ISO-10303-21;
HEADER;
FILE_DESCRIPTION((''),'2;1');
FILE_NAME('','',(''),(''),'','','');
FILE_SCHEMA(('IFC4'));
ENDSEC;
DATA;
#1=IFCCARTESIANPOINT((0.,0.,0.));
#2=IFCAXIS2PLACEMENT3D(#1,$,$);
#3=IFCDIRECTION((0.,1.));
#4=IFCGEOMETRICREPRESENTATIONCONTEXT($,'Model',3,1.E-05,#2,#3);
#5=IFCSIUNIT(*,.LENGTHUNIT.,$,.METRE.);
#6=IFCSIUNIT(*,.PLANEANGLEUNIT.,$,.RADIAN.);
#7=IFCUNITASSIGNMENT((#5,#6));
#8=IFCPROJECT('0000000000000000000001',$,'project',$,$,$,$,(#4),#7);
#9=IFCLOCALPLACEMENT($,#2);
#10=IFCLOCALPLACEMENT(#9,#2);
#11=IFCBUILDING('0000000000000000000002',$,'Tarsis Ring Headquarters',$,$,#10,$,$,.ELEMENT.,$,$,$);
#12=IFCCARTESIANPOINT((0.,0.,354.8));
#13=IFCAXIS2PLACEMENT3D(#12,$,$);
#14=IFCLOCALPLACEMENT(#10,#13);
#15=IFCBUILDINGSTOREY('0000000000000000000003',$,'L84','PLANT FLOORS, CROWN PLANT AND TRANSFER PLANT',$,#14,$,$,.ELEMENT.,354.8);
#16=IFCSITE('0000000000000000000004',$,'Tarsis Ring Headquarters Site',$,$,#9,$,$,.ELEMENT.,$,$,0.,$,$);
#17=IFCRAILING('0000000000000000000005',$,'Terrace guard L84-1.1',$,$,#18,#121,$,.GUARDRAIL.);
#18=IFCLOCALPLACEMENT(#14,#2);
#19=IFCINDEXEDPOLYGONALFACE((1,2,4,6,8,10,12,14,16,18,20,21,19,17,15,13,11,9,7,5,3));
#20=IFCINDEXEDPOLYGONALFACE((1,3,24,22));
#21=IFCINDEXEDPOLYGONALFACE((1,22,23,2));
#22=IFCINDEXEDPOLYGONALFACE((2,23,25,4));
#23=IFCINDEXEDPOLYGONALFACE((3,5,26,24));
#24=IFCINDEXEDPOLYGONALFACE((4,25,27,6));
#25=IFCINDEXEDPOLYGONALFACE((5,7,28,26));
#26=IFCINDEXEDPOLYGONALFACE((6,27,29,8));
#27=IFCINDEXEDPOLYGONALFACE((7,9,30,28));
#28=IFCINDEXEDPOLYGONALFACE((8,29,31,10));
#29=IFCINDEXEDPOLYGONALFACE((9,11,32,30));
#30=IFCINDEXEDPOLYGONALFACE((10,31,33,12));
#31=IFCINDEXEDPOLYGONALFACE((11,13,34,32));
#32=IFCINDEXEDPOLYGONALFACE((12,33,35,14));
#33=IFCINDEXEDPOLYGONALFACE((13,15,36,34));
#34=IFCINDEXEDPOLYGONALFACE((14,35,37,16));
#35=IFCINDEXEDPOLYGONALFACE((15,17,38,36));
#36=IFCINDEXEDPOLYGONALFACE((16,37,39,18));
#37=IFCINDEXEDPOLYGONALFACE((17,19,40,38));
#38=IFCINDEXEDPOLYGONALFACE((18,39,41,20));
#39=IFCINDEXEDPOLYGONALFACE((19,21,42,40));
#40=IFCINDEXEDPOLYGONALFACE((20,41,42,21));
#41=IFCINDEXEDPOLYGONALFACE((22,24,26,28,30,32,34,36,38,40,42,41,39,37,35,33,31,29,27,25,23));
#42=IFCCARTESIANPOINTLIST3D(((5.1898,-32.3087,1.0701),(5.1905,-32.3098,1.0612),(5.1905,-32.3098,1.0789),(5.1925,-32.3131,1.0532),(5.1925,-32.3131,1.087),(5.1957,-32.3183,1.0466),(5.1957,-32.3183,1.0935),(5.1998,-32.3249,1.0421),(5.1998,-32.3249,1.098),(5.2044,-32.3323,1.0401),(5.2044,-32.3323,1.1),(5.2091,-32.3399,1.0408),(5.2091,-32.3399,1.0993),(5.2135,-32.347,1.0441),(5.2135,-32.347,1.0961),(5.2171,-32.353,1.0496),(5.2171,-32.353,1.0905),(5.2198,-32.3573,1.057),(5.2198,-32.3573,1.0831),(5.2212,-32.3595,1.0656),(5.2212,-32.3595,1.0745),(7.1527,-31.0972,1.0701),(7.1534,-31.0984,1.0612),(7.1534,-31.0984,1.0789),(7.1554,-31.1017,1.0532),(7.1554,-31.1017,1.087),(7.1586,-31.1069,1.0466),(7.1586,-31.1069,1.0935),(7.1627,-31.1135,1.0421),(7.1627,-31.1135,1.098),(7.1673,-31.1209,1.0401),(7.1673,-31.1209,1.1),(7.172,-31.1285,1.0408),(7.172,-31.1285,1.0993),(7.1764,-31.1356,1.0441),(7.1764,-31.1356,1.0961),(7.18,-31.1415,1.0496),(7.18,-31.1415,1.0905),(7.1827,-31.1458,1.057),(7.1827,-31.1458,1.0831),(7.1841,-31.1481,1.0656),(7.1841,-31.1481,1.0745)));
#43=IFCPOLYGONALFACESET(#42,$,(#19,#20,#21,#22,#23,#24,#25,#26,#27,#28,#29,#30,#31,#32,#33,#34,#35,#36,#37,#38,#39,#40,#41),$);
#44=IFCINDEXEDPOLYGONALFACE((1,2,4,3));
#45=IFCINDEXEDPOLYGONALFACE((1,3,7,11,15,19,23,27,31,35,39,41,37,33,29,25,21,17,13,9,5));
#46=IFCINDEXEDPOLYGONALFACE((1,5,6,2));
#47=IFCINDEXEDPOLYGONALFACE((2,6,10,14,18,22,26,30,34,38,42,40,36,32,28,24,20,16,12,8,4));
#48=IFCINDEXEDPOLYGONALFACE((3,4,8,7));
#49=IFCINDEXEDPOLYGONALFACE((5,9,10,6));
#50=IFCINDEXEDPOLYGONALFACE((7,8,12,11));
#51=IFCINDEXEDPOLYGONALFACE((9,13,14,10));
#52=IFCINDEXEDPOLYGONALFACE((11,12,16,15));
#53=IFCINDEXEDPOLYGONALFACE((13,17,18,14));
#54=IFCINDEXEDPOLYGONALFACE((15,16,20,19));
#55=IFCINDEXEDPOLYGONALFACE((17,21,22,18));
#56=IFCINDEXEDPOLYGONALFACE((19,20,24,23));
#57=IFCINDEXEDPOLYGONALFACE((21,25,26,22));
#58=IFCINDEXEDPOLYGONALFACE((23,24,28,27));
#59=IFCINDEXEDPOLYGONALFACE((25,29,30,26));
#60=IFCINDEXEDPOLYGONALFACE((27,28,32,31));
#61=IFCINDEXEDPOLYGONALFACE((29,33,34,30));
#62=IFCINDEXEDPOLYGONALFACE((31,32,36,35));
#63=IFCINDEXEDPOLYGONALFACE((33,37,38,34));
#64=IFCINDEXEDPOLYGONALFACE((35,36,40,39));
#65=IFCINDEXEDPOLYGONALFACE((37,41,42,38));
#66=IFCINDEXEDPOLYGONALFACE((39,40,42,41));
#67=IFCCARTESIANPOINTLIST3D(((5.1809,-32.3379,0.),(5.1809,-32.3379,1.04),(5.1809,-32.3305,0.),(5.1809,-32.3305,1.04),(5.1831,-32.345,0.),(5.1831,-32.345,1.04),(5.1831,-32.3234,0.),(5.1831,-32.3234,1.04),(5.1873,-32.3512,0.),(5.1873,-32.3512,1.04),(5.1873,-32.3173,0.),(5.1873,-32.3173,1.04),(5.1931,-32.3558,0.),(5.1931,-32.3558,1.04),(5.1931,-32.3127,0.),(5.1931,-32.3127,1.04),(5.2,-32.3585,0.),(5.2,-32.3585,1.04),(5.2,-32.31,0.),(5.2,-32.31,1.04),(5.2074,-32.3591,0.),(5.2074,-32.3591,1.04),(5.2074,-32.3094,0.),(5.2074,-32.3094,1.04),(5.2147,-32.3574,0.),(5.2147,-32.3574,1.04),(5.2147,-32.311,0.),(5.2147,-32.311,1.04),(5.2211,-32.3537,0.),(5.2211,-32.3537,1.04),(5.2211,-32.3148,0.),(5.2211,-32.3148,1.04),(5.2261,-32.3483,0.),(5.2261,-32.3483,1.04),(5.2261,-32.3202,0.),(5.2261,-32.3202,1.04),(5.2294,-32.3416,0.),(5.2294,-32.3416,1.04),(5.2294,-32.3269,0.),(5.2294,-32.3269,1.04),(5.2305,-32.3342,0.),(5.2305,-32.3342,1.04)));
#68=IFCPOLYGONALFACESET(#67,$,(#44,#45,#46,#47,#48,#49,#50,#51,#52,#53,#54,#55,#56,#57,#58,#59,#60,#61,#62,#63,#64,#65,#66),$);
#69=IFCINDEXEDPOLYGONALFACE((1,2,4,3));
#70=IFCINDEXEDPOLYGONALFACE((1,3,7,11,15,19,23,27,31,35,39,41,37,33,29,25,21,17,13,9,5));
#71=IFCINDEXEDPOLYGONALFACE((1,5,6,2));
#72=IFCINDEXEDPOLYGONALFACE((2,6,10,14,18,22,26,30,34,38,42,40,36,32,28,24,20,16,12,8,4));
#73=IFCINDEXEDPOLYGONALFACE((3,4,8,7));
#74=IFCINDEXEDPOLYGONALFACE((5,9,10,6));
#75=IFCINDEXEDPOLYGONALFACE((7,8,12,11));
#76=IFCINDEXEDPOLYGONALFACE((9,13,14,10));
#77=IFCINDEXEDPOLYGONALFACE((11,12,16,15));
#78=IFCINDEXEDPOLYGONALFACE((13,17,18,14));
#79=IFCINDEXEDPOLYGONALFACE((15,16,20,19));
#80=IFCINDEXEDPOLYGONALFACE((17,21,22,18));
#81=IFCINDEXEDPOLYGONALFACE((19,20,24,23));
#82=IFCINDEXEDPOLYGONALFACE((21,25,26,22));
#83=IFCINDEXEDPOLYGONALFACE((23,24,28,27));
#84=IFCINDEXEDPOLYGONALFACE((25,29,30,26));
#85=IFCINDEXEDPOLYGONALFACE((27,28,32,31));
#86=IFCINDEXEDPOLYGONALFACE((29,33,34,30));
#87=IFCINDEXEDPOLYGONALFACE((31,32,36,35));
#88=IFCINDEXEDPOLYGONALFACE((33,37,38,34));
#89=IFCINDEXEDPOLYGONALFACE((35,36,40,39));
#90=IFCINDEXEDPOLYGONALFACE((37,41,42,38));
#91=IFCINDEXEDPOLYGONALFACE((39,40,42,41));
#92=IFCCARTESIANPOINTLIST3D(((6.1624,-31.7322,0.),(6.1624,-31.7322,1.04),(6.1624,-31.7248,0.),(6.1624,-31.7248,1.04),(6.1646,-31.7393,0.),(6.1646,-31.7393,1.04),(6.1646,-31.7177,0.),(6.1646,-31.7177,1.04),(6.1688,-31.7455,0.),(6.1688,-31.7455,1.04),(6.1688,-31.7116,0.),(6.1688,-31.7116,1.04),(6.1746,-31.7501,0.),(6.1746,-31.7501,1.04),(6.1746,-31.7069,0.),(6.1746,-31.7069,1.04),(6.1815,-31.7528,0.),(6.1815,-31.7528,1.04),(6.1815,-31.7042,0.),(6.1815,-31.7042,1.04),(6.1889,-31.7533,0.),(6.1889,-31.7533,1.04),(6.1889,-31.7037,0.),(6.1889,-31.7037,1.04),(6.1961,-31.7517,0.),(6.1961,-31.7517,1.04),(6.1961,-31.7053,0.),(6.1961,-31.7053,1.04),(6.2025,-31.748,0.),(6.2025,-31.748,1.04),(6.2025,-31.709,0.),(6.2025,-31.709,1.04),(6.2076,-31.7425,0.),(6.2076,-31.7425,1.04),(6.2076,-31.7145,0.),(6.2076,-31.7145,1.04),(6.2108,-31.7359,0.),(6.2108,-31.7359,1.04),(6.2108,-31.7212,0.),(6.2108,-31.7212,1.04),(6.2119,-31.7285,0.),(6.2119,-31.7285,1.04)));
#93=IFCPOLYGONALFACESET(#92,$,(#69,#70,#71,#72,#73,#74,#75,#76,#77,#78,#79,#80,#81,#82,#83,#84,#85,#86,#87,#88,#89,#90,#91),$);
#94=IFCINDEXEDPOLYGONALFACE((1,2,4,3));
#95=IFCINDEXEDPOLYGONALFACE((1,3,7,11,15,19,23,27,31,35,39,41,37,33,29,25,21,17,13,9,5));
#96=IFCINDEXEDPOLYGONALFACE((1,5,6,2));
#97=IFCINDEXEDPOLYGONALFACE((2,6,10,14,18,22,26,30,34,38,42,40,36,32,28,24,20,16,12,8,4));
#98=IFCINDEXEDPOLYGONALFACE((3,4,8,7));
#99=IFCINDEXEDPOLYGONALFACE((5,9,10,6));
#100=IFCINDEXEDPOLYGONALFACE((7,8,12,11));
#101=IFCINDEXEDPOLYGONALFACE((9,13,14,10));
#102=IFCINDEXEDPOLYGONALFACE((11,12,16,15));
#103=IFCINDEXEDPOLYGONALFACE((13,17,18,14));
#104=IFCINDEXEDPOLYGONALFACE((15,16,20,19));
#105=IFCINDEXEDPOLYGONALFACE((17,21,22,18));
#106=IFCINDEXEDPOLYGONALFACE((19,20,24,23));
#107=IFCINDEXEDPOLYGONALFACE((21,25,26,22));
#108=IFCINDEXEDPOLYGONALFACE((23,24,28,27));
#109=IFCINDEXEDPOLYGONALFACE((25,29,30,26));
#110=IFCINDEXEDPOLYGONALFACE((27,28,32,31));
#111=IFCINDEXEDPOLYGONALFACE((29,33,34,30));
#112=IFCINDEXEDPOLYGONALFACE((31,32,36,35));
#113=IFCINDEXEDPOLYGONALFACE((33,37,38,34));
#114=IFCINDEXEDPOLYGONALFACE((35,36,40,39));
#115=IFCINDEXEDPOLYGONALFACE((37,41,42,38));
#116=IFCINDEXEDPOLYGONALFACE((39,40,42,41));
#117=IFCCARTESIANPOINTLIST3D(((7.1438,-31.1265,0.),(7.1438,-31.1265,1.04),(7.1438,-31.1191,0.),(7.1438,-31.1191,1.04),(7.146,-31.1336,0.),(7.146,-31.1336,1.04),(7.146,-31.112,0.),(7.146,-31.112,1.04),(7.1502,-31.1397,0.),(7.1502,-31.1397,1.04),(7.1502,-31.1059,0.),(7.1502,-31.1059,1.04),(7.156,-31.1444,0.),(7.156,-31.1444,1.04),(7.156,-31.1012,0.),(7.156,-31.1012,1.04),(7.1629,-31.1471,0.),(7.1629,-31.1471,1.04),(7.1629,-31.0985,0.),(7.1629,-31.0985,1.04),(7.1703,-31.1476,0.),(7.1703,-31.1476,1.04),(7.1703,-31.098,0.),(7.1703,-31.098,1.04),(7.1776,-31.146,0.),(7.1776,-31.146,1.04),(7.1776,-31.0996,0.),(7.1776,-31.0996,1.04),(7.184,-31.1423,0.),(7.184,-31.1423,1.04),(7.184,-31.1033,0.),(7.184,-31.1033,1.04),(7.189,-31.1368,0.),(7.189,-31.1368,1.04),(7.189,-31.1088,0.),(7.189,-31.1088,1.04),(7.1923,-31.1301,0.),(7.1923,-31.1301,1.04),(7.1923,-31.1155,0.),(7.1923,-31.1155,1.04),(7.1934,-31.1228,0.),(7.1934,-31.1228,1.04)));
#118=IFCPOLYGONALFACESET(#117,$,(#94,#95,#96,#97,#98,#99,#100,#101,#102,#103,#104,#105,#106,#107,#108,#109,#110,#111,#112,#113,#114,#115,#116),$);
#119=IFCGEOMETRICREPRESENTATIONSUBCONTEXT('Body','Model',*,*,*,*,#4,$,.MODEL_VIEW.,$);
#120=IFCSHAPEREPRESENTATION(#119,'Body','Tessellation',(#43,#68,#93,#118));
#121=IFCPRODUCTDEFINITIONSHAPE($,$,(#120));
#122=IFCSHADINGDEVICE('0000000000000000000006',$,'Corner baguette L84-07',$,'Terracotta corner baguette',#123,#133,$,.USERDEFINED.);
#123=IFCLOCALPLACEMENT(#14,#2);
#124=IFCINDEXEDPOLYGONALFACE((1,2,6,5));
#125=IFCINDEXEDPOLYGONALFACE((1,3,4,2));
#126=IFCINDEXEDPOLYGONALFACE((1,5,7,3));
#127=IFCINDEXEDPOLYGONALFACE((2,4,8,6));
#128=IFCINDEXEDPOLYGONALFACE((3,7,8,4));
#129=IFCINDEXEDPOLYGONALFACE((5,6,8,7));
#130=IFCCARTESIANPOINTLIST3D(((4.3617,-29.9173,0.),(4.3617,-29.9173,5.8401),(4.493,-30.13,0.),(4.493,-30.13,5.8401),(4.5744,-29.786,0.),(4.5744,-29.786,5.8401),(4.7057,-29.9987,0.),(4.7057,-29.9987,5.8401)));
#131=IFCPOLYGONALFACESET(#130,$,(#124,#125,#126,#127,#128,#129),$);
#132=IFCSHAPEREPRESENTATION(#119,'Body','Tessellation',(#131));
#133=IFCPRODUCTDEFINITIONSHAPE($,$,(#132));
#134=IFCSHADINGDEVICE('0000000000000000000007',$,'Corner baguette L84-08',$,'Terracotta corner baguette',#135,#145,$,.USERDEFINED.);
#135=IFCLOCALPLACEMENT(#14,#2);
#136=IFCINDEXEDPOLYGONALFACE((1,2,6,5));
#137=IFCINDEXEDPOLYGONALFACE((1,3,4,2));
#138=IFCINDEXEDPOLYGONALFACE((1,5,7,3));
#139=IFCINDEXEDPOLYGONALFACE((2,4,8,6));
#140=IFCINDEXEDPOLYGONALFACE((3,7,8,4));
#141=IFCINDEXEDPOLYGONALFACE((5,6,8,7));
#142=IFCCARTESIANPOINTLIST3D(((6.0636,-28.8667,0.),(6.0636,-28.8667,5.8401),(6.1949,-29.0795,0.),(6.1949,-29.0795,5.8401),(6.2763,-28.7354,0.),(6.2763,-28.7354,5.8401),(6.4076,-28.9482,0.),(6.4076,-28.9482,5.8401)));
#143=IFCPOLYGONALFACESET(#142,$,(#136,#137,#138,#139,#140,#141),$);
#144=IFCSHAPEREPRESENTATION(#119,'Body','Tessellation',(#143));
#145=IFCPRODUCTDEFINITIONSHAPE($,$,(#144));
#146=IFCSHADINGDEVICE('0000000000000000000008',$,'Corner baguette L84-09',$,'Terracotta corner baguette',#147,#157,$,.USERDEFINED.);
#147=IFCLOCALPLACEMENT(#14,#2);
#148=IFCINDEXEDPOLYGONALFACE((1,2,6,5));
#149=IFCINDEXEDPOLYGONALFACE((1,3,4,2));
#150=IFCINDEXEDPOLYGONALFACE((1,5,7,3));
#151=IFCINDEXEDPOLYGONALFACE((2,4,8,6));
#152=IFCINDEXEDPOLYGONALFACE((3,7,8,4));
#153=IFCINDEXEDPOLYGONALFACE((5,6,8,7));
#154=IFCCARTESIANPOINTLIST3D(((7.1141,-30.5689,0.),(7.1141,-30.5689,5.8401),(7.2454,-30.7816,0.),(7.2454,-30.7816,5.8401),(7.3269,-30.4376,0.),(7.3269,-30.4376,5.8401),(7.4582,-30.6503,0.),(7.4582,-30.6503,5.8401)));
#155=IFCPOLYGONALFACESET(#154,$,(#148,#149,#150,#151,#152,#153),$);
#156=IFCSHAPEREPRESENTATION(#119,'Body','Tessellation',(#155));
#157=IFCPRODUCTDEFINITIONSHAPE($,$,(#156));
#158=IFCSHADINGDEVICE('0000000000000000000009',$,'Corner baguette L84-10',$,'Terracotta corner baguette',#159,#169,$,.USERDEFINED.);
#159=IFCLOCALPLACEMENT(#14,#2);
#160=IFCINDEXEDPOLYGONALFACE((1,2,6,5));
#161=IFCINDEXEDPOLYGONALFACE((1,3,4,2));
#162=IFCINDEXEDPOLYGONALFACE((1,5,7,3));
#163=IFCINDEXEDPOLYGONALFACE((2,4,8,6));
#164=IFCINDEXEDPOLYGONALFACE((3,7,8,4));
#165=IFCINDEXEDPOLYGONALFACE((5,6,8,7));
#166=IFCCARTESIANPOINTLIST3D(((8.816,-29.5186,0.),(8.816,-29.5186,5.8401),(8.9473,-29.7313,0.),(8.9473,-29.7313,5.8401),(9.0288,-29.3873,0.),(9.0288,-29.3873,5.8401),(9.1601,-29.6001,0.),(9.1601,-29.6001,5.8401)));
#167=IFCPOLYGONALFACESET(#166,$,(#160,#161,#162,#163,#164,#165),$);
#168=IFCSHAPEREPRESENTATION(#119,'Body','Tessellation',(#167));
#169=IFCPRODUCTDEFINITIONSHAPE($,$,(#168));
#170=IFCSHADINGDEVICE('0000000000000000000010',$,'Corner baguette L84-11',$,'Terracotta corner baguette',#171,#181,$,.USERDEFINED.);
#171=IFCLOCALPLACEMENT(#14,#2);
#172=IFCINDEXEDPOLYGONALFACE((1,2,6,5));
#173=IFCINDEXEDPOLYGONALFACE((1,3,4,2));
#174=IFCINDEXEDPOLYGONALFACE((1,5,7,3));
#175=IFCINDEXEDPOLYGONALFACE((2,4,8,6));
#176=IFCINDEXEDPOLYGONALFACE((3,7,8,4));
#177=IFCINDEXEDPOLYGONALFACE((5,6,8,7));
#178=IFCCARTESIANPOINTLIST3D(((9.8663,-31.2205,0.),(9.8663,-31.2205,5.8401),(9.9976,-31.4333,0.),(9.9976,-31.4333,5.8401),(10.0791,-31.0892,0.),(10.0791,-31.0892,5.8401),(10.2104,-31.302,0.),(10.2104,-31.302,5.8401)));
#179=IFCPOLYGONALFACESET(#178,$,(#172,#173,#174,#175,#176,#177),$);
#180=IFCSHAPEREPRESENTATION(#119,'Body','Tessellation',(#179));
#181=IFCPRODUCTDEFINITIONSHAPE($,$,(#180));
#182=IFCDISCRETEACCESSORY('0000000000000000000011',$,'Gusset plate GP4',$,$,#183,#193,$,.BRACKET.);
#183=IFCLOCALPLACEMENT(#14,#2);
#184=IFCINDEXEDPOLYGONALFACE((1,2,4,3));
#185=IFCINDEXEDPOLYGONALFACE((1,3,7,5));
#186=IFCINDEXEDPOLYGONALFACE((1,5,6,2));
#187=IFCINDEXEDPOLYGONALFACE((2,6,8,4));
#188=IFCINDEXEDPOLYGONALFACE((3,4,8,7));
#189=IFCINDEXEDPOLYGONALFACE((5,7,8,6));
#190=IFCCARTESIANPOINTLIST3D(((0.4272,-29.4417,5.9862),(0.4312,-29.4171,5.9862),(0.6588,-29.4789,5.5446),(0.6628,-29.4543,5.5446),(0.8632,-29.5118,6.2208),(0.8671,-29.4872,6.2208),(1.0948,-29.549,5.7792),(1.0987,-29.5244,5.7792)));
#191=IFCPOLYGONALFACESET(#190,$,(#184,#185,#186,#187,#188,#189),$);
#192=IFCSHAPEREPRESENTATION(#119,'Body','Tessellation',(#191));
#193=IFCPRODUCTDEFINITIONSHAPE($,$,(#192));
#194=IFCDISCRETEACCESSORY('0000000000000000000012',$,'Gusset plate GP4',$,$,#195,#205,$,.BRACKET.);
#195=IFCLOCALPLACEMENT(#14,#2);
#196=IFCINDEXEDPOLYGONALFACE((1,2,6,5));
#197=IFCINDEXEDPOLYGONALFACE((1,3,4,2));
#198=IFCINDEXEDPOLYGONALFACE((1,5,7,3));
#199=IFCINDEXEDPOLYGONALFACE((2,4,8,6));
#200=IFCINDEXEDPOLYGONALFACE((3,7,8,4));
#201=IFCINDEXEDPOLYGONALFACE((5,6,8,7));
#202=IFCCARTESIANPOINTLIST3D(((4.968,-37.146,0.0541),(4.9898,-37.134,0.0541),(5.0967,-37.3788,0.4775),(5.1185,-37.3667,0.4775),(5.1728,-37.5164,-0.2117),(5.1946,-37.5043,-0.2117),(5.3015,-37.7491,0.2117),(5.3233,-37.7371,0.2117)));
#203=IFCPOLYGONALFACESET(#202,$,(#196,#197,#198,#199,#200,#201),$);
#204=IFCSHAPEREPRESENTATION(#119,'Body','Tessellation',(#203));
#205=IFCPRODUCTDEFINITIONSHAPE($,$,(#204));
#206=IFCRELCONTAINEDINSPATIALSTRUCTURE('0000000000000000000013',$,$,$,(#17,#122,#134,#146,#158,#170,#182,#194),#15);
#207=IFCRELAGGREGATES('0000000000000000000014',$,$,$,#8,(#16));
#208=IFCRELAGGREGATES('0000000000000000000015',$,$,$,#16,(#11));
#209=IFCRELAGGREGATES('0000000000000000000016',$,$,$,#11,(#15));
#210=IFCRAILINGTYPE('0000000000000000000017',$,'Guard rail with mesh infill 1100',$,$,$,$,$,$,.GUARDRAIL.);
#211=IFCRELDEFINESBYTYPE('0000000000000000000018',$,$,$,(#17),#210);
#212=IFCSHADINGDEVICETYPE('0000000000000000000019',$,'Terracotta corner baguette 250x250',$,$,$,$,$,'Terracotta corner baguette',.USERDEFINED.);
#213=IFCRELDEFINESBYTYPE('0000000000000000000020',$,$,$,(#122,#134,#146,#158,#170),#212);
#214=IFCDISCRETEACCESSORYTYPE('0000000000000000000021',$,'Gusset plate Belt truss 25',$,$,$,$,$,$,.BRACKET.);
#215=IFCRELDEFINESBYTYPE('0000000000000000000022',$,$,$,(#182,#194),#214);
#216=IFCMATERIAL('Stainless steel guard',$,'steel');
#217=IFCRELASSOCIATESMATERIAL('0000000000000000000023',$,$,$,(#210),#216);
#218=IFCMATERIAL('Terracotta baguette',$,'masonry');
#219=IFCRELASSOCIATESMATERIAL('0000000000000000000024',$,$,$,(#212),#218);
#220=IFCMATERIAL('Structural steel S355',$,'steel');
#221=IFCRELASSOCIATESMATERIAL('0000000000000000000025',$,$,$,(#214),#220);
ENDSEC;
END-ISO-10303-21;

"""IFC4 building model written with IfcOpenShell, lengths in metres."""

from ifc_helpers import new_model, si_unit, direction, frame, origin, origin_2d, place, context, subcontext, project, spatial, rectangle, circle, extrude, material, material_profile, profile_set, type_object, element, save


model = new_model("IFC4")

# Units and contexts
model_context = context("Model", 3, precision=1e-05, world=origin(), true_north=direction((0.0, 1.0)))
body_context = subcontext(model_context, "Body", "Model", "MODEL_VIEW")
ifc_project = project(units=[si_unit("LENGTHUNIT", "METRE"), si_unit("PLANEANGLEUNIT", "RADIAN")], contexts=[model_context])

# Site, building, storey
site_placement = place(None, origin())
site = spatial("IfcSite", under=ifc_project, at=site_placement, Name="Tarsis Ring Headquarters Site", CompositionType="ELEMENT", RefElevation=0.0)
building_placement = place(site_placement, origin())
building = spatial("IfcBuilding", under=site, at=building_placement, Name="Tarsis Ring Headquarters", CompositionType="ELEMENT")
storey_placement = place(building_placement, frame((0.0, 0.0, 354.8)))
storey = spatial("IfcBuildingStorey", under=building, at=storey_placement, Name="L84", Description="PLANT FLOORS, CROWN PLANT AND TRANSFER PLANT", CompositionType="ELEMENT", Elevation=354.8)

# Shared definitions
ifc_material_1 = material(Name="Structural steel S355", Category="steel")

# Railing
ifc_material_2 = material(Name="Stainless steel guard", Category="steel")
railing_type = type_object("IfcRailingType", Name="Guard rail with mesh infill 1100", PredefinedType="GUARDRAIL", material=ifc_material_2)
railing_placement = place(storey_placement, frame((5.2056, -32.3342, 0.0)))
element("IfcRailing", 1, at=railing_placement, inside=storey, type_object=railing_type, Name="Terrace guard L84-1.1", PredefinedType="GUARDRAIL", context=body_context, shape_type="SweptSolid", body=[
    extrude(circle(Radius=0.03, at=origin_2d()), frame((0.0, 0.0, 1.0701), z_axis=(0.850982, 0.525195, 0.0), x_axis=(-0.525195, 0.850982, 0.0)), (0.0, 0.0, 1.0), 2.3066),
    extrude(circle(Radius=0.0249, at=origin_2d()), origin(), (0.0, 0.0, 1.0), 1.04),
    extrude(circle(Radius=0.0249, at=origin_2d()), frame((0.9814, 0.6057, 0.0)), (0.0, 0.0, 1.0), 1.04),
    extrude(circle(Radius=0.0249, at=origin_2d()), frame((1.9629, 1.2114, 0.0)), (0.0, 0.0, 1.0), 1.04),
])

# Shading devices
ifc_material_3 = material(Name="Terracotta baguette", Category="masonry")
shading_device_type_1 = type_object("IfcShadingDeviceType", Name="Terracotta corner baguette 250x250", ElementType="Terracotta corner baguette", PredefinedType="USERDEFINED", material=ifc_material_3)
for number, where, z_axis, x_axis, name in (
    (2, (4.5337, -29.958, 0.0), (0.0, 0.0, 1.0), (0.525175, -0.850994, 0.0), "Corner baguette L84-07"),
    (3, (6.2356, -28.9075, 0.0), (0.0, 0.0, 1.0), (0.850994, 0.525175, 0.0), "Corner baguette L84-08"),
    (4, (7.2861, -30.6096, 0.0), (0.0, 0.0, 1.0), (0.525175, -0.850994, 0.0), "Corner baguette L84-09"),
    (5, (8.988, -29.5593, 0.0), (0.0, 0.0, 1.0), (0.850994, 0.525175, 0.0), "Corner baguette L84-10"),
    (6, (10.0383, -31.2612, 0.0), (0.0, 0.0, 1.0), (0.525175, -0.850995, 0.0), "Corner baguette L84-11"),
):
    element("IfcShadingDevice", number, at=place(storey_placement, frame(where, z_axis=z_axis, x_axis=x_axis)), inside=storey, type_object=shading_device_type_1, Name=name, ObjectType="Terracotta corner baguette", PredefinedType="USERDEFINED", context=body_context, shape_type="SweptSolid", body=[
        extrude(rectangle(XDim=0.25, YDim=0.25, at=origin_2d()), origin(), (0.0, 0.0, 1.0), 5.8401),
    ])

# Discrete accessories
ifc_material_profile_1 = material_profile(ifc_material_1, rectangle(XDim=0.0249, YDim=0.5, at=origin_2d()), Name="PL 25x500")
ifc_profile_set_1 = profile_set([ifc_material_profile_1], Name="Structural steel S355")
discrete_accessory_type = type_object("IfcDiscreteAccessoryType", Name="Gusset plate Belt truss 25", PredefinedType="BRACKET", material=ifc_profile_set_1)
discrete_accessory_1_placement = place(storey_placement, frame((0.981, -29.5181, 6.0), z_axis=(-0.871927, 0.140114, -0.469161), x_axis=(-0.158659, -0.987333, 0.0)))
element("IfcDiscreteAccessory", 7, at=discrete_accessory_1_placement, inside=storey, type_object=discrete_accessory_type, Name="Gusset plate GP4", PredefinedType="BRACKET", context=body_context, shape_type="SweptSolid", body=[
    extrude(rectangle(XDim=0.0249, YDim=0.5, at=origin_2d()), origin(), (0.0, 0.0, 1.0), 0.5),
])
discrete_accessory_2_placement = place(storey_placement, frame((5.248, -37.6267, 0.0), z_axis=(-0.409823, 0.741003, 0.53194), x_axis=(-0.875081, -0.483977, 0.0)))
element("IfcDiscreteAccessory", 8, at=discrete_accessory_2_placement, inside=storey, type_object=discrete_accessory_type, Name="Gusset plate GP4", PredefinedType="BRACKET", context=body_context, shape_type="SweptSolid", body=[
    extrude(rectangle(XDim=0.0249, YDim=0.5, at=origin_2d()), origin(), (0.0, 0.0, 1.0), 0.4998),
])

save(model, "model.ifc")
